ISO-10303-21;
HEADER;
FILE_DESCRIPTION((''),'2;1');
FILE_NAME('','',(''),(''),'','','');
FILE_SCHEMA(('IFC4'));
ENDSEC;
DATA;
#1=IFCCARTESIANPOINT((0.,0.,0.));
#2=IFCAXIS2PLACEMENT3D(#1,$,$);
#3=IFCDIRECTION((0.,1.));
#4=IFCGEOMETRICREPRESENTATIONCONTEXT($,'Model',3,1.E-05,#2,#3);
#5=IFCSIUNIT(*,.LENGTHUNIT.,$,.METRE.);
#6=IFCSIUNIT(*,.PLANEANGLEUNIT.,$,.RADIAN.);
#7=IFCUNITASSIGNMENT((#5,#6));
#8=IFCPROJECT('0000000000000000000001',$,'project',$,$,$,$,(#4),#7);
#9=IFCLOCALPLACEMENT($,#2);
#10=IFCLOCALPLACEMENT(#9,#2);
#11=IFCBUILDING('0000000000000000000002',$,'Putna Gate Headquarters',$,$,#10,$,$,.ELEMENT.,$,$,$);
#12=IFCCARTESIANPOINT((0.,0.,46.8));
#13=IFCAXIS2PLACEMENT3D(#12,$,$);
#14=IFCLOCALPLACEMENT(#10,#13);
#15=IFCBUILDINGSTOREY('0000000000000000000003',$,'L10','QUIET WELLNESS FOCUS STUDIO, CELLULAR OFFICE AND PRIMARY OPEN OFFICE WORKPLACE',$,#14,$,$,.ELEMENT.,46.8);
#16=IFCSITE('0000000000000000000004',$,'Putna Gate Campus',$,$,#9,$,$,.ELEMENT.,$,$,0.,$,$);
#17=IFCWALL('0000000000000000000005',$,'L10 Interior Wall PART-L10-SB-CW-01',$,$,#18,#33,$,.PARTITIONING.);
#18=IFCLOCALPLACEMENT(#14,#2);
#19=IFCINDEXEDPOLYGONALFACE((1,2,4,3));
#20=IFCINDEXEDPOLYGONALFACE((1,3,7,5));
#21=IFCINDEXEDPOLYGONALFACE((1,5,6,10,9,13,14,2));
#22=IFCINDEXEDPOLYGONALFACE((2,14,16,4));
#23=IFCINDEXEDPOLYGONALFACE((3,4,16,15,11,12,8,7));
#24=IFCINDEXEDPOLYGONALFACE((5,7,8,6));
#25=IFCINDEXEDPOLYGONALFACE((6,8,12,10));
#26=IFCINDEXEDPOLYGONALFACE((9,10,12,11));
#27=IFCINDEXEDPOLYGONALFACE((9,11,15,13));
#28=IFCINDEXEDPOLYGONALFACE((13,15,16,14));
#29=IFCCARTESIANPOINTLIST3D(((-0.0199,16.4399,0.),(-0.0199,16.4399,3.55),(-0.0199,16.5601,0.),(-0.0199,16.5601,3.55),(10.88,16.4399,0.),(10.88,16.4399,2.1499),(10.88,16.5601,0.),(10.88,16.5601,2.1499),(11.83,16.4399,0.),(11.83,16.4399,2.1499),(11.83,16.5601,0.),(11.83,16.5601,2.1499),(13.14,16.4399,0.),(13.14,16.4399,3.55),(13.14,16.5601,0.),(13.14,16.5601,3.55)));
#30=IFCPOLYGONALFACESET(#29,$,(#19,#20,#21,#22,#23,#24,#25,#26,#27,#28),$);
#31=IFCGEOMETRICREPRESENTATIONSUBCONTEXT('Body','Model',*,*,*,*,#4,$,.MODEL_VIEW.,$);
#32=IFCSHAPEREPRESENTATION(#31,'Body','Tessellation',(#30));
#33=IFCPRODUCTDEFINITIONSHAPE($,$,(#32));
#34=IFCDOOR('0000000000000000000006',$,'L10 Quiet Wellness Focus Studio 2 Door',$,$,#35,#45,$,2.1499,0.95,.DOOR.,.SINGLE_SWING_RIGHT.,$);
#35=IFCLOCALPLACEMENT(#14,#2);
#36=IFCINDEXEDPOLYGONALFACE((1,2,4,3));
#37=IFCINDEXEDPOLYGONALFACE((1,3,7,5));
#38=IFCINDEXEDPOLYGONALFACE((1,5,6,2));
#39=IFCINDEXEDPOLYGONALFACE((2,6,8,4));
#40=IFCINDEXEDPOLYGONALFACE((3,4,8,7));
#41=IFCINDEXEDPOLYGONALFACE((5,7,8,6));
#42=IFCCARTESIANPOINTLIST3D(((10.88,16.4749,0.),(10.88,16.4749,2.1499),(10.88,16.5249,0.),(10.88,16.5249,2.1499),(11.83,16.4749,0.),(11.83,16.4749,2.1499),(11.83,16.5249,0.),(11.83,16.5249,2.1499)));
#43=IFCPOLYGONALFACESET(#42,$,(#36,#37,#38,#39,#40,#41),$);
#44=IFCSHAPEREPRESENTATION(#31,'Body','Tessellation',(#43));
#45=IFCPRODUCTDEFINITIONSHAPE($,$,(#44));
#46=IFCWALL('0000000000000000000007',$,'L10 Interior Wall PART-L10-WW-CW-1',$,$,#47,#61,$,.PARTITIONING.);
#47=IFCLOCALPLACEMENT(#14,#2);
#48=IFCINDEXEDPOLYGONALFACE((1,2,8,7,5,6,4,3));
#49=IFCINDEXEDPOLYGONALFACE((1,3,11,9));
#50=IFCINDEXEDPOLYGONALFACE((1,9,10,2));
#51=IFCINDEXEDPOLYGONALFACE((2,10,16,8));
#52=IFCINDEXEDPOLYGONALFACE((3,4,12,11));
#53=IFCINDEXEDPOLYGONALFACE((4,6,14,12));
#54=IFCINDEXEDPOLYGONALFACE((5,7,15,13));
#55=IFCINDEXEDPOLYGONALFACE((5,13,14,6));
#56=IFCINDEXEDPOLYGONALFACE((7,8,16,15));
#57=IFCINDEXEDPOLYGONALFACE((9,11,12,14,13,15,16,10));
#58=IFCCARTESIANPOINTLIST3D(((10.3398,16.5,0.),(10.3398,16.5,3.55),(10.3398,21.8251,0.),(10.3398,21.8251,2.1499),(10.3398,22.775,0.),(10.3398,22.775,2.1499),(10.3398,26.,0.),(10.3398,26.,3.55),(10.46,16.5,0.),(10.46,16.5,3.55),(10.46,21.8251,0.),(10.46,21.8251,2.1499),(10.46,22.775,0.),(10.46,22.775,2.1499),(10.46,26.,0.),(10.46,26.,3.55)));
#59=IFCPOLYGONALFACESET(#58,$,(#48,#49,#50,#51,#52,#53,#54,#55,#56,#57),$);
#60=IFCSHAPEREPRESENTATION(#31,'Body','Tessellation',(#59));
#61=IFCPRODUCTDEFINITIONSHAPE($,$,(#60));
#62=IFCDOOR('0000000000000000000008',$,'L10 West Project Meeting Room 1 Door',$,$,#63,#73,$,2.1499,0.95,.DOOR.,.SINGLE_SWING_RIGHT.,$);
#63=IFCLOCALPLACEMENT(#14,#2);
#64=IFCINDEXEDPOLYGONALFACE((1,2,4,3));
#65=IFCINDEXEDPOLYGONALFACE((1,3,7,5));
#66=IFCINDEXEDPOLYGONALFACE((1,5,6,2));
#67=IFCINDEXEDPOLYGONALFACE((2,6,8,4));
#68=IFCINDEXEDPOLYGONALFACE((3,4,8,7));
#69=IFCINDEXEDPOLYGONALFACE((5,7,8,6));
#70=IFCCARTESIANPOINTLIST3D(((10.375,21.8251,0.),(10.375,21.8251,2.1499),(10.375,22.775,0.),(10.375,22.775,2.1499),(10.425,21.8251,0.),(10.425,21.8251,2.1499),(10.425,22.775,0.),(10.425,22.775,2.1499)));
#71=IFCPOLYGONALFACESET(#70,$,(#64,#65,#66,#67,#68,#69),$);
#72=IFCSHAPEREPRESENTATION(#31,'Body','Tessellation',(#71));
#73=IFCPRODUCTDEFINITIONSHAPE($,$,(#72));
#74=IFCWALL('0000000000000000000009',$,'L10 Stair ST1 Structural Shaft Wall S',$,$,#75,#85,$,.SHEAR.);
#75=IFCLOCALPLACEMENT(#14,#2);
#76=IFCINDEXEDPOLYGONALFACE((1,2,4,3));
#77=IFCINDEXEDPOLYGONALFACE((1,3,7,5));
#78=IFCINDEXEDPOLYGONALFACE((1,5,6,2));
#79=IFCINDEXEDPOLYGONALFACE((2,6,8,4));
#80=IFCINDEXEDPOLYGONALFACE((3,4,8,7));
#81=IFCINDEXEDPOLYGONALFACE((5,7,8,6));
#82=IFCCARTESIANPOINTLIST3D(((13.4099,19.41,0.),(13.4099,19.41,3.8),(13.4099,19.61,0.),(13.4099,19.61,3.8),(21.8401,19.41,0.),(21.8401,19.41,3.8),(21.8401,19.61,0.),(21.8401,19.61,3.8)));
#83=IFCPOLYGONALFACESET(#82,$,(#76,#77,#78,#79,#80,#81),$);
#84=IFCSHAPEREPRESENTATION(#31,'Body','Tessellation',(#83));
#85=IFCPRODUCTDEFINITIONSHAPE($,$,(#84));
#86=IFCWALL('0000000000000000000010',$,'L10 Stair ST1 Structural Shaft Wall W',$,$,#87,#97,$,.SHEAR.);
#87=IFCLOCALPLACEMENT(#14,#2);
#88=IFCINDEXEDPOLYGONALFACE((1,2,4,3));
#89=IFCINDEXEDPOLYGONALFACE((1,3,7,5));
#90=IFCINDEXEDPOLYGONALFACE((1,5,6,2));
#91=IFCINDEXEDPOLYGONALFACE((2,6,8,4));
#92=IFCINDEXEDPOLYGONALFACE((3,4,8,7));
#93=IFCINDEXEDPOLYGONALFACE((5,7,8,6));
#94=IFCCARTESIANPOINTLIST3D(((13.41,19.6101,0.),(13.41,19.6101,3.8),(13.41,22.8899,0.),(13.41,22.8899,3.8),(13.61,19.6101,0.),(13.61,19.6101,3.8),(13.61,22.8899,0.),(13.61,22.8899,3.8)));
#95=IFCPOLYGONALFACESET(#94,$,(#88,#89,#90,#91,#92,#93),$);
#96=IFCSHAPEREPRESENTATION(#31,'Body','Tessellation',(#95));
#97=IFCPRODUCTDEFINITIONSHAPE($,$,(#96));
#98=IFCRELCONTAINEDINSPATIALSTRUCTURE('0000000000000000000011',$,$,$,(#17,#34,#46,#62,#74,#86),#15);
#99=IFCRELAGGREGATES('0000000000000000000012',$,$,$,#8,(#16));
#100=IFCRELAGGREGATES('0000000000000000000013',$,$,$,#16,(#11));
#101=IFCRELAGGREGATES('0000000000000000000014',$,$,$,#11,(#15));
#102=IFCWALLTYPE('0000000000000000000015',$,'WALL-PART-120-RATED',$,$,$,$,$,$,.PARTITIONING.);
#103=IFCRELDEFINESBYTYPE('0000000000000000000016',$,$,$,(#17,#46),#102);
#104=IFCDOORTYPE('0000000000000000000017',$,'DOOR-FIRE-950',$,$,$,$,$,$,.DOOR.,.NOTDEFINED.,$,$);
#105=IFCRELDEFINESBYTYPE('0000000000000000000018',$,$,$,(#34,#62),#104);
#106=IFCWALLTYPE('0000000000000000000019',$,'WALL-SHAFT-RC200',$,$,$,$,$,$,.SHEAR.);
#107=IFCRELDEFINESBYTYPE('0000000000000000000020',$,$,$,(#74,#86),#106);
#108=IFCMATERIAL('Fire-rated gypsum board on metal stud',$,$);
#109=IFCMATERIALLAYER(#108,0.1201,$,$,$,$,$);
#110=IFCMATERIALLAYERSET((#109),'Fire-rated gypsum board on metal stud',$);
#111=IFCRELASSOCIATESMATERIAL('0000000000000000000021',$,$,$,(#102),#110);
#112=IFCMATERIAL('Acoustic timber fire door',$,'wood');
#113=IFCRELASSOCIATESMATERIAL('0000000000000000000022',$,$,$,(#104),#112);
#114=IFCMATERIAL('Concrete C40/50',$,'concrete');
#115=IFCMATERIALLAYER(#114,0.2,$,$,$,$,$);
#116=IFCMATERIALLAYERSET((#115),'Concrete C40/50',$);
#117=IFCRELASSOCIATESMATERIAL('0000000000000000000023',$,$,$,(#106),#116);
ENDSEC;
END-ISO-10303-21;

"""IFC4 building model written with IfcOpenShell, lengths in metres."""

from ifc_helpers import new_model, si_unit, direction, frame, frame_2d, origin, place, context, subcontext, project, spatial, rectangle, extrude, material, layer, layer_set, type_object, element, fill, save


model = new_model("IFC4")

# Units and contexts
model_context = context("Model", 3, precision=1e-05, world=origin(), true_north=direction((0.0, 1.0)))
body_context = subcontext(model_context, "Body", "Model", "MODEL_VIEW")
ifc_project = project(units=[si_unit("LENGTHUNIT", "METRE"), si_unit("PLANEANGLEUNIT", "RADIAN")], contexts=[model_context])

# Site, building, storey
site_placement = place(None, origin())
site = spatial("IfcSite", under=ifc_project, at=site_placement, Name="Putna Gate Campus", CompositionType="ELEMENT", RefElevation=0.0)
building_placement = place(site_placement, origin())
building = spatial("IfcBuilding", under=site, at=building_placement, Name="Putna Gate Headquarters", CompositionType="ELEMENT")
storey_placement = place(building_placement, frame((0.0, 0.0, 46.8)))
storey = spatial("IfcBuildingStorey", under=building, at=storey_placement, Name="L10", Description="QUIET WELLNESS FOCUS STUDIO, CELLULAR OFFICE AND PRIMARY OPEN OFFICE WORKPLACE", CompositionType="ELEMENT", Elevation=46.8)

# Shared definitions
ifc_material_1 = material(Name="Fire-rated gypsum board on metal stud")
ifc_layer_1 = layer(ifc_material_1, 0.1201)
ifc_layer_set_1 = layer_set([ifc_layer_1], Name="Fire-rated gypsum board on metal stud")
wall_type_1 = type_object("IfcWallType", Name="WALL-PART-120-RATED", PredefinedType="PARTITIONING", material=ifc_layer_set_1)
ifc_material_2 = material(Name="Acoustic timber fire door", Category="wood")
door_type_1 = type_object("IfcDoorType", Name="DOOR-FIRE-950", OperationType="NOTDEFINED", PredefinedType="DOOR", material=ifc_material_2)

# Walls, openings, doors
wall_1_placement = place(storey_placement, frame((-0.02, 16.5, 0.0), z_axis=(0.0, 0.0, 1.0), x_axis=(1.0, 0.0, 0.0)))
wall_1 = element("IfcWall", 1, at=wall_1_placement, inside=storey, type_object=wall_type_1, Name="L10 Interior Wall PART-L10-SB-CW-01", PredefinedType="PARTITIONING", context=body_context, shape_type="SweptSolid", body=[
    extrude(rectangle(XDim=13.1599, YDim=0.1201, at=frame_2d((6.5801, 0.0))), origin(), (0.0, 0.0, 1.0), 3.55),
])
opening_1_placement = place(wall_1_placement, frame((10.8999, 0.0, 0.0)))
opening_1 = element("IfcOpeningElement", 2, at=opening_1_placement, cuts=wall_1, PredefinedType="OPENING", context=body_context, shape_type="SweptSolid", body=[
    extrude(rectangle(XDim=0.95, YDim=2.1499, at=frame_2d((0.4751, 1.075))), frame((0.0, 0.0701, 0.0), z_axis=(0.0, -1.0, 0.0), x_axis=(1.0, 0.0, 0.0)), (0.0, 0.0, 1.0), 0.1401),
])
door_1_placement = place(opening_1_placement, origin())
door_1 = element("IfcDoor", 3, at=door_1_placement, inside=storey, type_object=door_type_1, Name="L10 Quiet Wellness Focus Studio 2 Door", OperationType="SINGLE_SWING_RIGHT", OverallHeight=2.1499, OverallWidth=0.95, PredefinedType="DOOR", context=body_context, shape_type="SweptSolid", body=[
    extrude(rectangle(XDim=0.95, YDim=2.1499, at=frame_2d((0.4751, 1.075))), frame((0.0, 0.0249, 0.0), z_axis=(0.0, -1.0, 0.0), x_axis=(1.0, 0.0, 0.0)), (0.0, 0.0, 1.0), 0.05),
])
fill(opening_1, door_1)
wall_2_placement = place(storey_placement, frame((10.3999, 16.5, 0.0), z_axis=(0.0, 0.0, 1.0), x_axis=(0.0, 1.0, 0.0)))
wall_2 = element("IfcWall", 4, at=wall_2_placement, inside=storey, type_object=wall_type_1, Name="L10 Interior Wall PART-L10-WW-CW-1", PredefinedType="PARTITIONING", context=body_context, shape_type="SweptSolid", body=[
    extrude(rectangle(XDim=9.5, YDim=0.1201, at=frame_2d((4.75, 0.0))), origin(), (0.0, 0.0, 1.0), 3.55),
])
opening_2_placement = place(wall_2_placement, frame((5.325, 0.0, 0.0)))
opening_2 = element("IfcOpeningElement", 5, at=opening_2_placement, cuts=wall_2, PredefinedType="OPENING", context=body_context, shape_type="SweptSolid", body=[
    extrude(rectangle(XDim=0.95, YDim=2.1499, at=frame_2d((0.4751, 1.075))), frame((0.0, 0.0701, 0.0), z_axis=(0.0, -1.0, 0.0), x_axis=(1.0, 0.0, 0.0)), (0.0, 0.0, 1.0), 0.1401),
])
door_2_placement = place(opening_2_placement, origin())
door_2 = element("IfcDoor", 6, at=door_2_placement, inside=storey, type_object=door_type_1, Name="L10 West Project Meeting Room 1 Door", OperationType="SINGLE_SWING_RIGHT", OverallHeight=2.1499, OverallWidth=0.95, PredefinedType="DOOR", context=body_context, shape_type="SweptSolid", body=[
    extrude(rectangle(XDim=0.95, YDim=2.1499, at=frame_2d((0.4751, 1.075))), frame((0.0, 0.0249, 0.0), z_axis=(0.0, -1.0, 0.0), x_axis=(1.0, 0.0, 0.0)), (0.0, 0.0, 1.0), 0.05),
])
fill(opening_2, door_2)

# Walls
ifc_material_3 = material(Name="Concrete C40/50", Category="concrete")
ifc_layer_2 = layer(ifc_material_3, 0.2)
ifc_layer_set_2 = layer_set([ifc_layer_2], Name="Concrete C40/50")
wall_type_2 = type_object("IfcWallType", Name="WALL-SHAFT-RC200", PredefinedType="SHEAR", material=ifc_layer_set_2)
wall_3_placement = place(storey_placement, frame((13.4099, 19.51, 0.0), z_axis=(0.0, 0.0, 1.0), x_axis=(1.0, 0.0, 0.0)))
element("IfcWall", 7, at=wall_3_placement, inside=storey, type_object=wall_type_2, Name="L10 Stair ST1 Structural Shaft Wall S", PredefinedType="SHEAR", context=body_context, shape_type="SweptSolid", body=[
    extrude(rectangle(XDim=8.4302, YDim=0.2, at=frame_2d((4.2151, 0.0))), origin(), (0.0, 0.0, 1.0), 3.8),
])
wall_4_placement = place(storey_placement, frame((13.51, 19.6101, 0.0), z_axis=(0.0, 0.0, 1.0), x_axis=(0.0, 1.0, 0.0)))
element("IfcWall", 8, at=wall_4_placement, inside=storey, type_object=wall_type_2, Name="L10 Stair ST1 Structural Shaft Wall W", PredefinedType="SHEAR", context=body_context, shape_type="SweptSolid", body=[
    extrude(rectangle(XDim=3.2798, YDim=0.2, at=frame_2d((1.6399, 0.0))), origin(), (0.0, 0.0, 1.0), 3.8),
])

save(model, "model.ifc")
